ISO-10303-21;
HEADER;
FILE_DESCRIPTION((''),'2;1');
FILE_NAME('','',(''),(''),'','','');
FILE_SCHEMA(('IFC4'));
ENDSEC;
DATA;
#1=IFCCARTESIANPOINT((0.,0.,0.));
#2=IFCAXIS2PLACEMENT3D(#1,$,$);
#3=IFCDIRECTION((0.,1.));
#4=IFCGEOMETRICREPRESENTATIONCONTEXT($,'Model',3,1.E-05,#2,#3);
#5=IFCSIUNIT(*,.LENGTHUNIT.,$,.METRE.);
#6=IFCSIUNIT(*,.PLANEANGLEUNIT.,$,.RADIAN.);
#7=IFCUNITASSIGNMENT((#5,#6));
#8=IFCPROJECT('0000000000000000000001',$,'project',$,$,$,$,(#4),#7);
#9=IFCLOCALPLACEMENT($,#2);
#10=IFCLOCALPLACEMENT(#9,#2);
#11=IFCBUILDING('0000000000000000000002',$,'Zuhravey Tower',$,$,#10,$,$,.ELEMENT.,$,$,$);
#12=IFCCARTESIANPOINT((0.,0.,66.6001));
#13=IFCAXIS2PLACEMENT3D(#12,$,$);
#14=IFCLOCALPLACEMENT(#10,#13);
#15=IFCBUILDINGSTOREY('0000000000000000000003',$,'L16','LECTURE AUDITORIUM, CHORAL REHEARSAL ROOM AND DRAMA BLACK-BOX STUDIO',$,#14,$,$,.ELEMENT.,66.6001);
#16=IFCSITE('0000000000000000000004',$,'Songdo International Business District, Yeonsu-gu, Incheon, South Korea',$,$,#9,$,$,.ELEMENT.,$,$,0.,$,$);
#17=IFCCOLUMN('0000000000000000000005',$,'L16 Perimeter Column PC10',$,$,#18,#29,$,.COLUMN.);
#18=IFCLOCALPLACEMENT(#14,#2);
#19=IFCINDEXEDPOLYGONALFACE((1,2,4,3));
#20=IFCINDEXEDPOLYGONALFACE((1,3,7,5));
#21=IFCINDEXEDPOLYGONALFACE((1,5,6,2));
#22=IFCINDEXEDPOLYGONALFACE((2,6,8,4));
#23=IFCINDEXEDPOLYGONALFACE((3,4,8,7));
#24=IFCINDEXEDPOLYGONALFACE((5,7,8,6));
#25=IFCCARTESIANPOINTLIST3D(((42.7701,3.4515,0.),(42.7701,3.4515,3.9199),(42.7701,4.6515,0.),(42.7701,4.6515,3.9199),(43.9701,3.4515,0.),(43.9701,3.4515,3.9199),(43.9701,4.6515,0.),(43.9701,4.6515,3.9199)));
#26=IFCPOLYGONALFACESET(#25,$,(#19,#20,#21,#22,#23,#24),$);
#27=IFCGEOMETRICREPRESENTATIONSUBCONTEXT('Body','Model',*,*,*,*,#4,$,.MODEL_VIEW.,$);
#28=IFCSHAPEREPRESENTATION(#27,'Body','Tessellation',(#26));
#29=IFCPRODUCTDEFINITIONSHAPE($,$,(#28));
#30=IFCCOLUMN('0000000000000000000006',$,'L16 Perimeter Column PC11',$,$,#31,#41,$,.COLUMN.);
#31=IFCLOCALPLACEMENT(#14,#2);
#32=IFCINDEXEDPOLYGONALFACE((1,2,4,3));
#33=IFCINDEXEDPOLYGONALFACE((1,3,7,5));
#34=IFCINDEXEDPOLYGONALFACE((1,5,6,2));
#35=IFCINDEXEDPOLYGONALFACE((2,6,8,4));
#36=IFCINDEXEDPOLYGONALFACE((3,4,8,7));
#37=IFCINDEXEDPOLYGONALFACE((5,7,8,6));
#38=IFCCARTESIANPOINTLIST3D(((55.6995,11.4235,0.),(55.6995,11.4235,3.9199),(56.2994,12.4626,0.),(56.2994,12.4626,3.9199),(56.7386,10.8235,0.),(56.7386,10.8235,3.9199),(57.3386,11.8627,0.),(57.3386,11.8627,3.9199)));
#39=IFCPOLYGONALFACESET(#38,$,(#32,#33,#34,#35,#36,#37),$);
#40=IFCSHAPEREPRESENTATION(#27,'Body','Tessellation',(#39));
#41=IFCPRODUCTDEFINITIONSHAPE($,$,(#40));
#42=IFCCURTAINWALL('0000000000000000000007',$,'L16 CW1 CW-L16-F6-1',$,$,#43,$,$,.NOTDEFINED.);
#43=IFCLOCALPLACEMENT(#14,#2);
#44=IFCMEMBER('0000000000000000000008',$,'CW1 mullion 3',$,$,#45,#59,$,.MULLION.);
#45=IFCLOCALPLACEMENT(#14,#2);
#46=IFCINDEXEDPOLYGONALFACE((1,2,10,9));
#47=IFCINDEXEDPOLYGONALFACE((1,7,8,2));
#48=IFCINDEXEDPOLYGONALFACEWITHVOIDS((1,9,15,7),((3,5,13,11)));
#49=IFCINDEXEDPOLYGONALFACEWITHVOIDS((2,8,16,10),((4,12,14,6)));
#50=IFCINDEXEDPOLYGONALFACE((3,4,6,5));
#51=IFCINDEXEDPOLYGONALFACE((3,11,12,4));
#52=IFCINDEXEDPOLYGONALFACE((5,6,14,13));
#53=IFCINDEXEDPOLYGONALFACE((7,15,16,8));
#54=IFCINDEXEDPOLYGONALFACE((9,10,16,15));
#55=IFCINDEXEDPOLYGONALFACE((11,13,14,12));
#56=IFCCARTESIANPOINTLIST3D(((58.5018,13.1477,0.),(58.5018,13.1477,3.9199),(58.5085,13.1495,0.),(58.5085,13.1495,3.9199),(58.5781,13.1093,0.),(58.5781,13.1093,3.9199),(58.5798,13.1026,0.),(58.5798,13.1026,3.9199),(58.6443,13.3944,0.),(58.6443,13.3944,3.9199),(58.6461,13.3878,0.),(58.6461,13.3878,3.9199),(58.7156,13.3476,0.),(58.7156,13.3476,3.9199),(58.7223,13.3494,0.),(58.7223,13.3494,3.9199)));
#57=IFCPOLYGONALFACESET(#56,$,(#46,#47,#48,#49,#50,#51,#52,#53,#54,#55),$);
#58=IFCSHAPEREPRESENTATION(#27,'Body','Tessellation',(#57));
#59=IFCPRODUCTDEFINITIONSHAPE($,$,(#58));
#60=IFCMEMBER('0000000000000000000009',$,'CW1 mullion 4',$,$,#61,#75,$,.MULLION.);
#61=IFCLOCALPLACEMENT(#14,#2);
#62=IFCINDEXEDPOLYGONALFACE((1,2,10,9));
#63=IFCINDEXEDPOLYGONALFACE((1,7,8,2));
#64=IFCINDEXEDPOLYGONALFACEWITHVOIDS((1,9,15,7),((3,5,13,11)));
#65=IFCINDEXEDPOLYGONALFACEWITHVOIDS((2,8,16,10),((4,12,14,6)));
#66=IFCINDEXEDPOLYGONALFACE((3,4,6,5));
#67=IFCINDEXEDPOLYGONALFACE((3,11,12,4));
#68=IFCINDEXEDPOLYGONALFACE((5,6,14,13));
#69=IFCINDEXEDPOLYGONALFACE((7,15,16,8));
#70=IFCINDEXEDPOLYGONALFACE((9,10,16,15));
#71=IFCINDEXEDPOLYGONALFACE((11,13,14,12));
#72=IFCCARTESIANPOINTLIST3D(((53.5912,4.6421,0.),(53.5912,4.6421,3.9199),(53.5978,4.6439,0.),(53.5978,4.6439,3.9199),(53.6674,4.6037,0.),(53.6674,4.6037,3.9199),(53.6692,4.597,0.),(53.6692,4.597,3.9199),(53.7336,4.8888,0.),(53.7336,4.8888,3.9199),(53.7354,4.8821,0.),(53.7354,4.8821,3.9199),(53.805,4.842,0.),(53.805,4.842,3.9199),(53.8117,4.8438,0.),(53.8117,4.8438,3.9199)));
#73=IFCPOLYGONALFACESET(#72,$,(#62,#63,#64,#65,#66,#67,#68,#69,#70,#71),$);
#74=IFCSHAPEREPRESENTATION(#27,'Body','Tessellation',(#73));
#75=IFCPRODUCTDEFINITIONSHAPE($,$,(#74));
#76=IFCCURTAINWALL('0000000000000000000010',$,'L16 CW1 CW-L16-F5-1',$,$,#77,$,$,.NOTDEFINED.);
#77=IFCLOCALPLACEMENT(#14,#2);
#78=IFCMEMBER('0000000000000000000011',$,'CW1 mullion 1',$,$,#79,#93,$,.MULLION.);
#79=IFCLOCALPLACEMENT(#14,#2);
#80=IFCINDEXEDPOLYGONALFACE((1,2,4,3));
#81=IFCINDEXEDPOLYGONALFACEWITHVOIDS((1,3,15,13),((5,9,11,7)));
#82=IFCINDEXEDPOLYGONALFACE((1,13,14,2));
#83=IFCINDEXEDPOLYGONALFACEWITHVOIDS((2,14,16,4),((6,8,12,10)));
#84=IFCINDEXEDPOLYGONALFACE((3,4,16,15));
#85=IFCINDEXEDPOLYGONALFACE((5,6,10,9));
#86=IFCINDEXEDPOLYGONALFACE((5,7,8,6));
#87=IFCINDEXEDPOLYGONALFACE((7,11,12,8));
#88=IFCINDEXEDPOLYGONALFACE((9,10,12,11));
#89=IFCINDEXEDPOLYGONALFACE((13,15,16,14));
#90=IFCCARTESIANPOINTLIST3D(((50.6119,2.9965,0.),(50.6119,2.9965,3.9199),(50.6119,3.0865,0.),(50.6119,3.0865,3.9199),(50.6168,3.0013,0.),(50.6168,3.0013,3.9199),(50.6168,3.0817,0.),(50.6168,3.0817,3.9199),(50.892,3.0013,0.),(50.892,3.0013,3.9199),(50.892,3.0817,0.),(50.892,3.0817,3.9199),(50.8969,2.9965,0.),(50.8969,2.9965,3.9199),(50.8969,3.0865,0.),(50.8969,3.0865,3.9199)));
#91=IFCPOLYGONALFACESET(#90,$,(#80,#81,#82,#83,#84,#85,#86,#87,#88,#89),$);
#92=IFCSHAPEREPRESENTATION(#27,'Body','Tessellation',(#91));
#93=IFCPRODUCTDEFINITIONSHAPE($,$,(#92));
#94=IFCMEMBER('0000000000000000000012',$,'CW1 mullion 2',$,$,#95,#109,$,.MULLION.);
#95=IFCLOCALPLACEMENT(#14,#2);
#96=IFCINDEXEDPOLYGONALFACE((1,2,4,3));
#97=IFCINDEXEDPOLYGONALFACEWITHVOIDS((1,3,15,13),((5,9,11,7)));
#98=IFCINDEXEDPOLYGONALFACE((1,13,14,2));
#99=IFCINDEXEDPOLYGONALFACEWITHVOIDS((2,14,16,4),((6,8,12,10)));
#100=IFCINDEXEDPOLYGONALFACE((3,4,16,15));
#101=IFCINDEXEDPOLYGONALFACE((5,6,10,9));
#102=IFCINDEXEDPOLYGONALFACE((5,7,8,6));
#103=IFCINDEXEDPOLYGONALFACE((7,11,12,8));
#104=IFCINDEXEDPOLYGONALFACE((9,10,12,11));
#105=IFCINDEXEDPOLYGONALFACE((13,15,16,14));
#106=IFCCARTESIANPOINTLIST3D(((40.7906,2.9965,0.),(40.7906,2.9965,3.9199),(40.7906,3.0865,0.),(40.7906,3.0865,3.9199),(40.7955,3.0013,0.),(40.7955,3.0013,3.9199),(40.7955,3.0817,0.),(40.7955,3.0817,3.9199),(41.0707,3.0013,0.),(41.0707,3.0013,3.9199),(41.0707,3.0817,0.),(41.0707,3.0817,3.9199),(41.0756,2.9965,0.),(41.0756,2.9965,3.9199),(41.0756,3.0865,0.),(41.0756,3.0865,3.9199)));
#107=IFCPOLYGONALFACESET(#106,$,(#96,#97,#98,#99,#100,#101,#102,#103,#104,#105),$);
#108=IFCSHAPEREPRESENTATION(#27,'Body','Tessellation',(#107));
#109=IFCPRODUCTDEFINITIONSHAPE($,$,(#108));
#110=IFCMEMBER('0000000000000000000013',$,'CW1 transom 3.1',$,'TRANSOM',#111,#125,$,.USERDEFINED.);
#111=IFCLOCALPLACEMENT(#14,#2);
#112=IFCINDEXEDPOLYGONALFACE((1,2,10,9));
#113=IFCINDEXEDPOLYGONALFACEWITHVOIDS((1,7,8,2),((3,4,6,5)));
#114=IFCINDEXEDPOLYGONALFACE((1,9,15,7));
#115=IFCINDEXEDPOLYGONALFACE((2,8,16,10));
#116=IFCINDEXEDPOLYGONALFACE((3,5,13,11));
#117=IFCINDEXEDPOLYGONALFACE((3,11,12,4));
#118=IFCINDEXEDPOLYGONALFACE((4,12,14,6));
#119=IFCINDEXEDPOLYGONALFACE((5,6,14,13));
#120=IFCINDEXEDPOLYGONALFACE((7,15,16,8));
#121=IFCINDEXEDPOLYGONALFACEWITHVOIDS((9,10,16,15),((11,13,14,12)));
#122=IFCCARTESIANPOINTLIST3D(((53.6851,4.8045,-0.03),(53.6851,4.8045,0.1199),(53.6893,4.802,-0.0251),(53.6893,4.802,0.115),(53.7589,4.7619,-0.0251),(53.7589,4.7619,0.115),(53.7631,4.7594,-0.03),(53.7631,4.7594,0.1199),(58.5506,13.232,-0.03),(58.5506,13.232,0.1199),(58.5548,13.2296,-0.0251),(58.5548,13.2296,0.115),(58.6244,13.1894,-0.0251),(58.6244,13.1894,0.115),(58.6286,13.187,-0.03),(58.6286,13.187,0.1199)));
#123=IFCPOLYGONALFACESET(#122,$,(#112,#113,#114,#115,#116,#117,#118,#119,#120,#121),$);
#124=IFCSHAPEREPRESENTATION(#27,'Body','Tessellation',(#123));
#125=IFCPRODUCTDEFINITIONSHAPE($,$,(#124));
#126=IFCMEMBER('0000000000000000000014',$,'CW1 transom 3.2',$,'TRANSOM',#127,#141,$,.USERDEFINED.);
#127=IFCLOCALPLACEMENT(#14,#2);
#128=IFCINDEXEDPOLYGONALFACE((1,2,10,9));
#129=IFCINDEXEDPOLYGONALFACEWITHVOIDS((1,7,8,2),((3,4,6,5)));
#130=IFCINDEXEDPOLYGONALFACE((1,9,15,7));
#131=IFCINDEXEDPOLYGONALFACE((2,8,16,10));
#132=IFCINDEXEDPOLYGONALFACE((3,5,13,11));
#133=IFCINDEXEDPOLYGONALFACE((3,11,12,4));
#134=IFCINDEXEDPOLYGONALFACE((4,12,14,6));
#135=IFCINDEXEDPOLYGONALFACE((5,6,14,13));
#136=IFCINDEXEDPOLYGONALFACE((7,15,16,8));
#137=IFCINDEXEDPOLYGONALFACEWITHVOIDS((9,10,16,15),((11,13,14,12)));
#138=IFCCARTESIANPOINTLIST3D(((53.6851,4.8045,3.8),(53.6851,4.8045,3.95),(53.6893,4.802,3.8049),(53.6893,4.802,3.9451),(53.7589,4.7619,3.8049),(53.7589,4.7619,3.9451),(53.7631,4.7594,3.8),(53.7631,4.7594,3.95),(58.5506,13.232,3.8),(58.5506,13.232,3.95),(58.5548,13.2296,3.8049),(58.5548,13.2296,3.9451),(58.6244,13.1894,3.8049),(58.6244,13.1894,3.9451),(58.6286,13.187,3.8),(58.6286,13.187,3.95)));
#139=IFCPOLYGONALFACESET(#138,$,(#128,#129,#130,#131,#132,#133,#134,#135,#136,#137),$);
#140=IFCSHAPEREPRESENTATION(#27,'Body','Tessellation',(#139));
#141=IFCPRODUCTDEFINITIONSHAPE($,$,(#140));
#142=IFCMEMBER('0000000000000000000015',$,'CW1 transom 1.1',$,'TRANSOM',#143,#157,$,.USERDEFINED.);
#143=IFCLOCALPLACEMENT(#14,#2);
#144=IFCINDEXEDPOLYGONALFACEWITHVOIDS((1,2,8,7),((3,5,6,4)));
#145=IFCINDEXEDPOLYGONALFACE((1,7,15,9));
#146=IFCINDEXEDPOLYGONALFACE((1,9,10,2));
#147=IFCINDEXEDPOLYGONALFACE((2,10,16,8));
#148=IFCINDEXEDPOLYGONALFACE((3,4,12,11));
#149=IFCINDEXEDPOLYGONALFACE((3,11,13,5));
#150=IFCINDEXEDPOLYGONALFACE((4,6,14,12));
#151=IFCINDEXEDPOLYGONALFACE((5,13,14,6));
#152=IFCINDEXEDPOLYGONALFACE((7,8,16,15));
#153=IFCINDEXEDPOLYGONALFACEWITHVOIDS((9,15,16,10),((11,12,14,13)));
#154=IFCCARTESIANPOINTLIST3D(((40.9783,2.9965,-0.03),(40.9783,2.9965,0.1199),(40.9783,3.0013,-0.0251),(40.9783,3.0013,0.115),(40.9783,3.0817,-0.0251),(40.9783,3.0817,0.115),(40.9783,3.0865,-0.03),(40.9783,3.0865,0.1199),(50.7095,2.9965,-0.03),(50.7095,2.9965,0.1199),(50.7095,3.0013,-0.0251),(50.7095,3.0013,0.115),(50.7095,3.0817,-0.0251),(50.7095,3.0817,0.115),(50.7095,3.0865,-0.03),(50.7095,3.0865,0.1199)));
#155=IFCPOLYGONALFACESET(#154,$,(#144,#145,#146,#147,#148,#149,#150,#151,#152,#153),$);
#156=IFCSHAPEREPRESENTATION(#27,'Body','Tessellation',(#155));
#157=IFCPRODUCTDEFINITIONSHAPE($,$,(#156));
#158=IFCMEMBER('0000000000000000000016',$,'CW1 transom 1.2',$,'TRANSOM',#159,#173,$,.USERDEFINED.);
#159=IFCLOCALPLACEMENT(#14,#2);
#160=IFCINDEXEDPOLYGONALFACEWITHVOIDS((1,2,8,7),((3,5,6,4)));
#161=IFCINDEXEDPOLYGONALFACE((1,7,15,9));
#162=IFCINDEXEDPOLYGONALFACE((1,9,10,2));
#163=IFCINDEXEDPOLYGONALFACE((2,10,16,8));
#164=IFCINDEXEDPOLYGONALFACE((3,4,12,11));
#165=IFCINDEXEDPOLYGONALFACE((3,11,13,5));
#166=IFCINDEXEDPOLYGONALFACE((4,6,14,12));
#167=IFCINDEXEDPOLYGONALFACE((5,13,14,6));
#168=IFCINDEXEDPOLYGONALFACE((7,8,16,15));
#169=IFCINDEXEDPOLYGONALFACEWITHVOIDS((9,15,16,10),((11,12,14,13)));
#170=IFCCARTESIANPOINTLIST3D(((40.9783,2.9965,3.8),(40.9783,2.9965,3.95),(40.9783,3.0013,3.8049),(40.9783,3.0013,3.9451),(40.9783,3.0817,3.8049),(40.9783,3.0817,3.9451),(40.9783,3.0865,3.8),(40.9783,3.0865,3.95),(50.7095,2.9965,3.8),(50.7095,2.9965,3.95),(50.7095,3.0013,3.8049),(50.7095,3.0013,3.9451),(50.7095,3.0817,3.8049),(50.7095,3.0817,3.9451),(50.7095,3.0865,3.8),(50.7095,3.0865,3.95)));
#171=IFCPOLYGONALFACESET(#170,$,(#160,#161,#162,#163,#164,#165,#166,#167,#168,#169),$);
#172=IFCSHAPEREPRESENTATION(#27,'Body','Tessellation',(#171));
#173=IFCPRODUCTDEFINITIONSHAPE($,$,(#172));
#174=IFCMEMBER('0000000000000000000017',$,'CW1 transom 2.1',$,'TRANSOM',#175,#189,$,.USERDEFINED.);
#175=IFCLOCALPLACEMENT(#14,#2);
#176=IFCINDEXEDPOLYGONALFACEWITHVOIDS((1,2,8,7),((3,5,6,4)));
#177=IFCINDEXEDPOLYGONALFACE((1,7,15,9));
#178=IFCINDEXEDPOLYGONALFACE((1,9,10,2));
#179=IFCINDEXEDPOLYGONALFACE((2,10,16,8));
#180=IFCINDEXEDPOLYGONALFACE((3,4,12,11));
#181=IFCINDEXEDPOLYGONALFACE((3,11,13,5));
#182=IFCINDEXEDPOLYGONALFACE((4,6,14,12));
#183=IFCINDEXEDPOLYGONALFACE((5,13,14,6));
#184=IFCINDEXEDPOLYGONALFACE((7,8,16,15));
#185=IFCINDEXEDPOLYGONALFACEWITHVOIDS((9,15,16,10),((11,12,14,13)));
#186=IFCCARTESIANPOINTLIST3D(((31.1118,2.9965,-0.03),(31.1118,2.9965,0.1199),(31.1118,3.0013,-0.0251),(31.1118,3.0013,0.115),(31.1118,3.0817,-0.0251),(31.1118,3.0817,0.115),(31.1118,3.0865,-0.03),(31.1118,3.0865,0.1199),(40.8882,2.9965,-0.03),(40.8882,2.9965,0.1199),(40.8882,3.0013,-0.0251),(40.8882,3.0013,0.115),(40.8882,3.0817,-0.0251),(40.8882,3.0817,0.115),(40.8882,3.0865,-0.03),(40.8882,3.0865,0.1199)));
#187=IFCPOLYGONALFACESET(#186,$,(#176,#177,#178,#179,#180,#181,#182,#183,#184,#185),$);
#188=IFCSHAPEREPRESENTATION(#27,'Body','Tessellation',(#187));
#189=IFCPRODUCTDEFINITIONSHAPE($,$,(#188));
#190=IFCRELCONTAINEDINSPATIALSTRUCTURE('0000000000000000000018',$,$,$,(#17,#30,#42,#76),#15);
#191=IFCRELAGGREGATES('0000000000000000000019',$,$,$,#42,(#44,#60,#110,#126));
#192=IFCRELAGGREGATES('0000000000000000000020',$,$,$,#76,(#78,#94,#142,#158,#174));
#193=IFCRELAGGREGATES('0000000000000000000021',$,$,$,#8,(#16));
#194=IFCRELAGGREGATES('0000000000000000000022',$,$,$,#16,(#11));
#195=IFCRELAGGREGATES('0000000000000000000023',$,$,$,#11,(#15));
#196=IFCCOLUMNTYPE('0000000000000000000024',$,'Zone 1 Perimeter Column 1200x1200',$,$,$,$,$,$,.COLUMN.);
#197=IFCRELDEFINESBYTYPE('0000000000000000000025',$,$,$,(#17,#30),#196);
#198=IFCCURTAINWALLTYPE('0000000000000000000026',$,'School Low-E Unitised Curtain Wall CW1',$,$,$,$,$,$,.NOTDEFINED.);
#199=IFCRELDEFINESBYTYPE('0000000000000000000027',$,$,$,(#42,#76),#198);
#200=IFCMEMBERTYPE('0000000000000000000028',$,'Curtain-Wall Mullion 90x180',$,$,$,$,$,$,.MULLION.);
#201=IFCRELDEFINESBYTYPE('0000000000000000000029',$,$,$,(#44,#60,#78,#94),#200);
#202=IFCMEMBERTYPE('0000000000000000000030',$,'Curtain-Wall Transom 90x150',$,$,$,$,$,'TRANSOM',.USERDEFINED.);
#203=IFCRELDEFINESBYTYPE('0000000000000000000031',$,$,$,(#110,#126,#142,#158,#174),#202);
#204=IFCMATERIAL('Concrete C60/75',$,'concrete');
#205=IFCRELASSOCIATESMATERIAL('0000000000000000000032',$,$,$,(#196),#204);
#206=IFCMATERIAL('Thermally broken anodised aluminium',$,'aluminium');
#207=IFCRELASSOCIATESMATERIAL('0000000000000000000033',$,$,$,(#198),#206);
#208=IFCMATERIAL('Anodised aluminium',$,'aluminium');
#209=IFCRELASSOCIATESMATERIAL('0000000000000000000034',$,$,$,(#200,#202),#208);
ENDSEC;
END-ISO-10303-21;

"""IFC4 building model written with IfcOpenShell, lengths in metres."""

from ifc_helpers import new_model, si_unit, direction, frame, origin, origin_2d, place, context, subcontext, project, spatial, rectangle, hollow_rectangle, extrude, material, material_profile, profile_set, type_object, element, aggregate, save


model = new_model("IFC4")

# Units and contexts
model_context = context("Model", 3, precision=1e-05, world=origin(), true_north=direction((0.0, 1.0)))
body_context = subcontext(model_context, "Body", "Model", "MODEL_VIEW")
ifc_project = project(units=[si_unit("LENGTHUNIT", "METRE"), si_unit("PLANEANGLEUNIT", "RADIAN")], contexts=[model_context])

# Site, building, storey
site_placement = place(None, origin())
site = spatial("IfcSite", under=ifc_project, at=site_placement, Name="Songdo International Business District, Yeonsu-gu, Incheon, South Korea", CompositionType="ELEMENT", RefElevation=0.0)
building_placement = place(site_placement, origin())
building = spatial("IfcBuilding", under=site, at=building_placement, Name="Zuhravey Tower", CompositionType="ELEMENT")
storey_placement = place(building_placement, frame((0.0, 0.0, 66.6001)))
storey = spatial("IfcBuildingStorey", under=building, at=storey_placement, Name="L16", Description="LECTURE AUDITORIUM, CHORAL REHEARSAL ROOM AND DRAMA BLACK-BOX STUDIO", CompositionType="ELEMENT", Elevation=66.6001)

# Columns
ifc_material_1 = material(Name="Concrete C60/75", Category="concrete")
ifc_material_profile_1 = material_profile(ifc_material_1, rectangle(XDim=1.2, YDim=1.2, at=origin_2d()), Name="RC-1200x1200")
ifc_profile_set_1 = profile_set([ifc_material_profile_1], Name="Concrete C60/75")
column_type = type_object("IfcColumnType", Name="Zone 1 Perimeter Column 1200x1200", PredefinedType="COLUMN", material=ifc_profile_set_1)
for number, where, z_axis, x_axis, name in (
    (1, (43.3701, 4.0515, 0.0), (0.0, 0.0, 1.0), (1.0, 0.0, 0.0), "L16 Perimeter Column PC10"),
    (2, (56.519, 11.6431, 0.0), (0.0, 0.0, 1.0), (0.5, 0.866025, 0.0), "L16 Perimeter Column PC11"),
):
    element("IfcColumn", number, at=place(storey_placement, frame(where, z_axis=z_axis, x_axis=x_axis)), inside=storey, type_object=column_type, Name=name, PredefinedType="COLUMN", context=body_context, shape_type="SweptSolid", body=[
        extrude(rectangle(XDim=1.2, YDim=1.2, at=origin_2d()), origin(), (0.0, 0.0, 1.0), 3.9199),
    ])

# Curtain walls, members
ifc_material_2 = material(Name="Thermally broken anodised aluminium", Category="aluminium")
curtain_wall_type = type_object("IfcCurtainWallType", Name="School Low-E Unitised Curtain Wall CW1", PredefinedType="NOTDEFINED", material=ifc_material_2)
curtain_wall_1_placement = place(storey_placement, origin())
curtain_wall_1 = element("IfcCurtainWall", 3, at=curtain_wall_1_placement, inside=storey, type_object=curtain_wall_type, Name="L16 CW1 CW-L16-F6-1", PredefinedType="NOTDEFINED")
ifc_material_3 = material(Name="Anodised aluminium", Category="aluminium")
ifc_material_profile_2 = material_profile(ifc_material_3, hollow_rectangle(XDim=0.0901, YDim=0.2849, WallThickness=0.0049, at=origin_2d()), Name="ALU-RHS-90x285x5")
ifc_profile_set_2 = profile_set([ifc_material_profile_2], Name="Anodised aluminium")
member_type_1 = type_object("IfcMemberType", Name="Curtain-Wall Mullion 90x180", PredefinedType="MULLION", material=ifc_profile_set_2)
member_1_placement = place(storey_placement, frame((58.6121, 13.2485, 0.0), z_axis=(0.0, 0.0, 1.0), x_axis=(0.866026, -0.5, 0.0)))
member_1 = element("IfcMember", 4, at=member_1_placement, type_object=member_type_1, Name="CW1 mullion 3", PredefinedType="MULLION", context=body_context, shape_type="SweptSolid", body=[
    extrude(hollow_rectangle(XDim=0.0901, YDim=0.2849, WallThickness=0.0049, at=origin_2d()), origin(), (0.0, 0.0, 1.0), 3.9199),
])
member_2_placement = place(storey_placement, frame((53.7014, 4.7429, 0.0), z_axis=(0.0, 0.0, 1.0), x_axis=(0.866026, -0.5, 0.0)))
member_2 = element("IfcMember", 5, at=member_2_placement, type_object=member_type_1, Name="CW1 mullion 4", PredefinedType="MULLION", context=body_context, shape_type="SweptSolid", body=[
    extrude(hollow_rectangle(XDim=0.0901, YDim=0.2849, WallThickness=0.0049, at=origin_2d()), origin(), (0.0, 0.0, 1.0), 3.9199),
])
curtain_wall_2_placement = place(storey_placement, origin())
curtain_wall_2 = element("IfcCurtainWall", 6, at=curtain_wall_2_placement, inside=storey, type_object=curtain_wall_type, Name="L16 CW1 CW-L16-F5-1", PredefinedType="NOTDEFINED")
member_3_placement = place(storey_placement, frame((50.7544, 3.0415, 0.0), z_axis=(0.0, 0.0, 1.0), x_axis=(0.0, -1.0, 0.0)))
member_3 = element("IfcMember", 7, at=member_3_placement, type_object=member_type_1, Name="CW1 mullion 1", PredefinedType="MULLION", context=body_context, shape_type="SweptSolid", body=[
    extrude(hollow_rectangle(XDim=0.0901, YDim=0.2849, WallThickness=0.0049, at=origin_2d()), origin(), (0.0, 0.0, 1.0), 3.9199),
])
member_4_placement = place(storey_placement, frame((40.9331, 3.0415, 0.0), z_axis=(0.0, 0.0, 1.0), x_axis=(0.0, -1.0, 0.0)))
member_4 = element("IfcMember", 8, at=member_4_placement, type_object=member_type_1, Name="CW1 mullion 2", PredefinedType="MULLION", context=body_context, shape_type="SweptSolid", body=[
    extrude(hollow_rectangle(XDim=0.0901, YDim=0.2849, WallThickness=0.0049, at=origin_2d()), origin(), (0.0, 0.0, 1.0), 3.9199),
])

# Members
ifc_material_profile_3 = material_profile(ifc_material_3, hollow_rectangle(XDim=0.0901, YDim=0.1499, WallThickness=0.0049, at=origin_2d()), Name="ALU-RHS-90x150x5")
ifc_profile_set_3 = profile_set([ifc_material_profile_3], Name="Anodised aluminium")
member_type_2 = type_object("IfcMemberType", Name="Curtain-Wall Transom 90x150", ElementType="TRANSOM", PredefinedType="USERDEFINED", material=ifc_profile_set_3)
member_5_placement = place(storey_placement, frame((58.5896, 13.2095, 0.0449), z_axis=(-0.49999, -0.866031, 0.0), x_axis=(0.866031, -0.49999, 0.0)))
member_5 = element("IfcMember", 9, at=member_5_placement, type_object=member_type_2, Name="CW1 transom 3.1", ObjectType="TRANSOM", PredefinedType="USERDEFINED", context=body_context, shape_type="SweptSolid", body=[
    extrude(hollow_rectangle(XDim=0.0901, YDim=0.1499, WallThickness=0.0049, at=origin_2d()), origin(), (0.0, 0.0, 1.0), 9.7312),
])
member_6_placement = place(storey_placement, frame((58.5896, 13.2095, 3.875), z_axis=(-0.49999, -0.866031, 0.0), x_axis=(0.866031, -0.49999, 0.0)))
member_6 = element("IfcMember", 10, at=member_6_placement, type_object=member_type_2, Name="CW1 transom 3.2", ObjectType="TRANSOM", PredefinedType="USERDEFINED", context=body_context, shape_type="SweptSolid", body=[
    extrude(hollow_rectangle(XDim=0.0901, YDim=0.1499, WallThickness=0.0049, at=origin_2d()), origin(), (0.0, 0.0, 1.0), 9.7312),
])
member_7_placement = place(storey_placement, frame((50.7095, 3.0415, 0.0449), z_axis=(-1.0, 0.0, 0.0), x_axis=(0.0, -1.0, 0.0)))
member_7 = element("IfcMember", 11, at=member_7_placement, type_object=member_type_2, Name="CW1 transom 1.1", ObjectType="TRANSOM", PredefinedType="USERDEFINED", context=body_context, shape_type="SweptSolid", body=[
    extrude(hollow_rectangle(XDim=0.0901, YDim=0.1499, WallThickness=0.0049, at=origin_2d()), origin(), (0.0, 0.0, 1.0), 9.7312),
])
member_8_placement = place(storey_placement, frame((50.7095, 3.0415, 3.875), z_axis=(-1.0, 0.0, 0.0), x_axis=(0.0, -1.0, 0.0)))
member_8 = element("IfcMember", 12, at=member_8_placement, type_object=member_type_2, Name="CW1 transom 1.2", ObjectType="TRANSOM", PredefinedType="USERDEFINED", context=body_context, shape_type="SweptSolid", body=[
    extrude(hollow_rectangle(XDim=0.0901, YDim=0.1499, WallThickness=0.0049, at=origin_2d()), origin(), (0.0, 0.0, 1.0), 9.7312),
])
member_9_placement = place(storey_placement, frame((40.8882, 3.0415, 0.0449), z_axis=(-1.0, 0.0, 0.0), x_axis=(0.0, -1.0, 0.0)))
member_9 = element("IfcMember", 13, at=member_9_placement, type_object=member_type_2, Name="CW1 transom 2.1", ObjectType="TRANSOM", PredefinedType="USERDEFINED", context=body_context, shape_type="SweptSolid", body=[
    extrude(hollow_rectangle(XDim=0.0901, YDim=0.1499, WallThickness=0.0049, at=origin_2d()), origin(), (0.0, 0.0, 1.0), 9.7764),
])

aggregate(curtain_wall_1, [member_1, member_2, member_5, member_6])
aggregate(curtain_wall_2, [member_3, member_4, member_7, member_8, member_9])

save(model, "model.ifc")
